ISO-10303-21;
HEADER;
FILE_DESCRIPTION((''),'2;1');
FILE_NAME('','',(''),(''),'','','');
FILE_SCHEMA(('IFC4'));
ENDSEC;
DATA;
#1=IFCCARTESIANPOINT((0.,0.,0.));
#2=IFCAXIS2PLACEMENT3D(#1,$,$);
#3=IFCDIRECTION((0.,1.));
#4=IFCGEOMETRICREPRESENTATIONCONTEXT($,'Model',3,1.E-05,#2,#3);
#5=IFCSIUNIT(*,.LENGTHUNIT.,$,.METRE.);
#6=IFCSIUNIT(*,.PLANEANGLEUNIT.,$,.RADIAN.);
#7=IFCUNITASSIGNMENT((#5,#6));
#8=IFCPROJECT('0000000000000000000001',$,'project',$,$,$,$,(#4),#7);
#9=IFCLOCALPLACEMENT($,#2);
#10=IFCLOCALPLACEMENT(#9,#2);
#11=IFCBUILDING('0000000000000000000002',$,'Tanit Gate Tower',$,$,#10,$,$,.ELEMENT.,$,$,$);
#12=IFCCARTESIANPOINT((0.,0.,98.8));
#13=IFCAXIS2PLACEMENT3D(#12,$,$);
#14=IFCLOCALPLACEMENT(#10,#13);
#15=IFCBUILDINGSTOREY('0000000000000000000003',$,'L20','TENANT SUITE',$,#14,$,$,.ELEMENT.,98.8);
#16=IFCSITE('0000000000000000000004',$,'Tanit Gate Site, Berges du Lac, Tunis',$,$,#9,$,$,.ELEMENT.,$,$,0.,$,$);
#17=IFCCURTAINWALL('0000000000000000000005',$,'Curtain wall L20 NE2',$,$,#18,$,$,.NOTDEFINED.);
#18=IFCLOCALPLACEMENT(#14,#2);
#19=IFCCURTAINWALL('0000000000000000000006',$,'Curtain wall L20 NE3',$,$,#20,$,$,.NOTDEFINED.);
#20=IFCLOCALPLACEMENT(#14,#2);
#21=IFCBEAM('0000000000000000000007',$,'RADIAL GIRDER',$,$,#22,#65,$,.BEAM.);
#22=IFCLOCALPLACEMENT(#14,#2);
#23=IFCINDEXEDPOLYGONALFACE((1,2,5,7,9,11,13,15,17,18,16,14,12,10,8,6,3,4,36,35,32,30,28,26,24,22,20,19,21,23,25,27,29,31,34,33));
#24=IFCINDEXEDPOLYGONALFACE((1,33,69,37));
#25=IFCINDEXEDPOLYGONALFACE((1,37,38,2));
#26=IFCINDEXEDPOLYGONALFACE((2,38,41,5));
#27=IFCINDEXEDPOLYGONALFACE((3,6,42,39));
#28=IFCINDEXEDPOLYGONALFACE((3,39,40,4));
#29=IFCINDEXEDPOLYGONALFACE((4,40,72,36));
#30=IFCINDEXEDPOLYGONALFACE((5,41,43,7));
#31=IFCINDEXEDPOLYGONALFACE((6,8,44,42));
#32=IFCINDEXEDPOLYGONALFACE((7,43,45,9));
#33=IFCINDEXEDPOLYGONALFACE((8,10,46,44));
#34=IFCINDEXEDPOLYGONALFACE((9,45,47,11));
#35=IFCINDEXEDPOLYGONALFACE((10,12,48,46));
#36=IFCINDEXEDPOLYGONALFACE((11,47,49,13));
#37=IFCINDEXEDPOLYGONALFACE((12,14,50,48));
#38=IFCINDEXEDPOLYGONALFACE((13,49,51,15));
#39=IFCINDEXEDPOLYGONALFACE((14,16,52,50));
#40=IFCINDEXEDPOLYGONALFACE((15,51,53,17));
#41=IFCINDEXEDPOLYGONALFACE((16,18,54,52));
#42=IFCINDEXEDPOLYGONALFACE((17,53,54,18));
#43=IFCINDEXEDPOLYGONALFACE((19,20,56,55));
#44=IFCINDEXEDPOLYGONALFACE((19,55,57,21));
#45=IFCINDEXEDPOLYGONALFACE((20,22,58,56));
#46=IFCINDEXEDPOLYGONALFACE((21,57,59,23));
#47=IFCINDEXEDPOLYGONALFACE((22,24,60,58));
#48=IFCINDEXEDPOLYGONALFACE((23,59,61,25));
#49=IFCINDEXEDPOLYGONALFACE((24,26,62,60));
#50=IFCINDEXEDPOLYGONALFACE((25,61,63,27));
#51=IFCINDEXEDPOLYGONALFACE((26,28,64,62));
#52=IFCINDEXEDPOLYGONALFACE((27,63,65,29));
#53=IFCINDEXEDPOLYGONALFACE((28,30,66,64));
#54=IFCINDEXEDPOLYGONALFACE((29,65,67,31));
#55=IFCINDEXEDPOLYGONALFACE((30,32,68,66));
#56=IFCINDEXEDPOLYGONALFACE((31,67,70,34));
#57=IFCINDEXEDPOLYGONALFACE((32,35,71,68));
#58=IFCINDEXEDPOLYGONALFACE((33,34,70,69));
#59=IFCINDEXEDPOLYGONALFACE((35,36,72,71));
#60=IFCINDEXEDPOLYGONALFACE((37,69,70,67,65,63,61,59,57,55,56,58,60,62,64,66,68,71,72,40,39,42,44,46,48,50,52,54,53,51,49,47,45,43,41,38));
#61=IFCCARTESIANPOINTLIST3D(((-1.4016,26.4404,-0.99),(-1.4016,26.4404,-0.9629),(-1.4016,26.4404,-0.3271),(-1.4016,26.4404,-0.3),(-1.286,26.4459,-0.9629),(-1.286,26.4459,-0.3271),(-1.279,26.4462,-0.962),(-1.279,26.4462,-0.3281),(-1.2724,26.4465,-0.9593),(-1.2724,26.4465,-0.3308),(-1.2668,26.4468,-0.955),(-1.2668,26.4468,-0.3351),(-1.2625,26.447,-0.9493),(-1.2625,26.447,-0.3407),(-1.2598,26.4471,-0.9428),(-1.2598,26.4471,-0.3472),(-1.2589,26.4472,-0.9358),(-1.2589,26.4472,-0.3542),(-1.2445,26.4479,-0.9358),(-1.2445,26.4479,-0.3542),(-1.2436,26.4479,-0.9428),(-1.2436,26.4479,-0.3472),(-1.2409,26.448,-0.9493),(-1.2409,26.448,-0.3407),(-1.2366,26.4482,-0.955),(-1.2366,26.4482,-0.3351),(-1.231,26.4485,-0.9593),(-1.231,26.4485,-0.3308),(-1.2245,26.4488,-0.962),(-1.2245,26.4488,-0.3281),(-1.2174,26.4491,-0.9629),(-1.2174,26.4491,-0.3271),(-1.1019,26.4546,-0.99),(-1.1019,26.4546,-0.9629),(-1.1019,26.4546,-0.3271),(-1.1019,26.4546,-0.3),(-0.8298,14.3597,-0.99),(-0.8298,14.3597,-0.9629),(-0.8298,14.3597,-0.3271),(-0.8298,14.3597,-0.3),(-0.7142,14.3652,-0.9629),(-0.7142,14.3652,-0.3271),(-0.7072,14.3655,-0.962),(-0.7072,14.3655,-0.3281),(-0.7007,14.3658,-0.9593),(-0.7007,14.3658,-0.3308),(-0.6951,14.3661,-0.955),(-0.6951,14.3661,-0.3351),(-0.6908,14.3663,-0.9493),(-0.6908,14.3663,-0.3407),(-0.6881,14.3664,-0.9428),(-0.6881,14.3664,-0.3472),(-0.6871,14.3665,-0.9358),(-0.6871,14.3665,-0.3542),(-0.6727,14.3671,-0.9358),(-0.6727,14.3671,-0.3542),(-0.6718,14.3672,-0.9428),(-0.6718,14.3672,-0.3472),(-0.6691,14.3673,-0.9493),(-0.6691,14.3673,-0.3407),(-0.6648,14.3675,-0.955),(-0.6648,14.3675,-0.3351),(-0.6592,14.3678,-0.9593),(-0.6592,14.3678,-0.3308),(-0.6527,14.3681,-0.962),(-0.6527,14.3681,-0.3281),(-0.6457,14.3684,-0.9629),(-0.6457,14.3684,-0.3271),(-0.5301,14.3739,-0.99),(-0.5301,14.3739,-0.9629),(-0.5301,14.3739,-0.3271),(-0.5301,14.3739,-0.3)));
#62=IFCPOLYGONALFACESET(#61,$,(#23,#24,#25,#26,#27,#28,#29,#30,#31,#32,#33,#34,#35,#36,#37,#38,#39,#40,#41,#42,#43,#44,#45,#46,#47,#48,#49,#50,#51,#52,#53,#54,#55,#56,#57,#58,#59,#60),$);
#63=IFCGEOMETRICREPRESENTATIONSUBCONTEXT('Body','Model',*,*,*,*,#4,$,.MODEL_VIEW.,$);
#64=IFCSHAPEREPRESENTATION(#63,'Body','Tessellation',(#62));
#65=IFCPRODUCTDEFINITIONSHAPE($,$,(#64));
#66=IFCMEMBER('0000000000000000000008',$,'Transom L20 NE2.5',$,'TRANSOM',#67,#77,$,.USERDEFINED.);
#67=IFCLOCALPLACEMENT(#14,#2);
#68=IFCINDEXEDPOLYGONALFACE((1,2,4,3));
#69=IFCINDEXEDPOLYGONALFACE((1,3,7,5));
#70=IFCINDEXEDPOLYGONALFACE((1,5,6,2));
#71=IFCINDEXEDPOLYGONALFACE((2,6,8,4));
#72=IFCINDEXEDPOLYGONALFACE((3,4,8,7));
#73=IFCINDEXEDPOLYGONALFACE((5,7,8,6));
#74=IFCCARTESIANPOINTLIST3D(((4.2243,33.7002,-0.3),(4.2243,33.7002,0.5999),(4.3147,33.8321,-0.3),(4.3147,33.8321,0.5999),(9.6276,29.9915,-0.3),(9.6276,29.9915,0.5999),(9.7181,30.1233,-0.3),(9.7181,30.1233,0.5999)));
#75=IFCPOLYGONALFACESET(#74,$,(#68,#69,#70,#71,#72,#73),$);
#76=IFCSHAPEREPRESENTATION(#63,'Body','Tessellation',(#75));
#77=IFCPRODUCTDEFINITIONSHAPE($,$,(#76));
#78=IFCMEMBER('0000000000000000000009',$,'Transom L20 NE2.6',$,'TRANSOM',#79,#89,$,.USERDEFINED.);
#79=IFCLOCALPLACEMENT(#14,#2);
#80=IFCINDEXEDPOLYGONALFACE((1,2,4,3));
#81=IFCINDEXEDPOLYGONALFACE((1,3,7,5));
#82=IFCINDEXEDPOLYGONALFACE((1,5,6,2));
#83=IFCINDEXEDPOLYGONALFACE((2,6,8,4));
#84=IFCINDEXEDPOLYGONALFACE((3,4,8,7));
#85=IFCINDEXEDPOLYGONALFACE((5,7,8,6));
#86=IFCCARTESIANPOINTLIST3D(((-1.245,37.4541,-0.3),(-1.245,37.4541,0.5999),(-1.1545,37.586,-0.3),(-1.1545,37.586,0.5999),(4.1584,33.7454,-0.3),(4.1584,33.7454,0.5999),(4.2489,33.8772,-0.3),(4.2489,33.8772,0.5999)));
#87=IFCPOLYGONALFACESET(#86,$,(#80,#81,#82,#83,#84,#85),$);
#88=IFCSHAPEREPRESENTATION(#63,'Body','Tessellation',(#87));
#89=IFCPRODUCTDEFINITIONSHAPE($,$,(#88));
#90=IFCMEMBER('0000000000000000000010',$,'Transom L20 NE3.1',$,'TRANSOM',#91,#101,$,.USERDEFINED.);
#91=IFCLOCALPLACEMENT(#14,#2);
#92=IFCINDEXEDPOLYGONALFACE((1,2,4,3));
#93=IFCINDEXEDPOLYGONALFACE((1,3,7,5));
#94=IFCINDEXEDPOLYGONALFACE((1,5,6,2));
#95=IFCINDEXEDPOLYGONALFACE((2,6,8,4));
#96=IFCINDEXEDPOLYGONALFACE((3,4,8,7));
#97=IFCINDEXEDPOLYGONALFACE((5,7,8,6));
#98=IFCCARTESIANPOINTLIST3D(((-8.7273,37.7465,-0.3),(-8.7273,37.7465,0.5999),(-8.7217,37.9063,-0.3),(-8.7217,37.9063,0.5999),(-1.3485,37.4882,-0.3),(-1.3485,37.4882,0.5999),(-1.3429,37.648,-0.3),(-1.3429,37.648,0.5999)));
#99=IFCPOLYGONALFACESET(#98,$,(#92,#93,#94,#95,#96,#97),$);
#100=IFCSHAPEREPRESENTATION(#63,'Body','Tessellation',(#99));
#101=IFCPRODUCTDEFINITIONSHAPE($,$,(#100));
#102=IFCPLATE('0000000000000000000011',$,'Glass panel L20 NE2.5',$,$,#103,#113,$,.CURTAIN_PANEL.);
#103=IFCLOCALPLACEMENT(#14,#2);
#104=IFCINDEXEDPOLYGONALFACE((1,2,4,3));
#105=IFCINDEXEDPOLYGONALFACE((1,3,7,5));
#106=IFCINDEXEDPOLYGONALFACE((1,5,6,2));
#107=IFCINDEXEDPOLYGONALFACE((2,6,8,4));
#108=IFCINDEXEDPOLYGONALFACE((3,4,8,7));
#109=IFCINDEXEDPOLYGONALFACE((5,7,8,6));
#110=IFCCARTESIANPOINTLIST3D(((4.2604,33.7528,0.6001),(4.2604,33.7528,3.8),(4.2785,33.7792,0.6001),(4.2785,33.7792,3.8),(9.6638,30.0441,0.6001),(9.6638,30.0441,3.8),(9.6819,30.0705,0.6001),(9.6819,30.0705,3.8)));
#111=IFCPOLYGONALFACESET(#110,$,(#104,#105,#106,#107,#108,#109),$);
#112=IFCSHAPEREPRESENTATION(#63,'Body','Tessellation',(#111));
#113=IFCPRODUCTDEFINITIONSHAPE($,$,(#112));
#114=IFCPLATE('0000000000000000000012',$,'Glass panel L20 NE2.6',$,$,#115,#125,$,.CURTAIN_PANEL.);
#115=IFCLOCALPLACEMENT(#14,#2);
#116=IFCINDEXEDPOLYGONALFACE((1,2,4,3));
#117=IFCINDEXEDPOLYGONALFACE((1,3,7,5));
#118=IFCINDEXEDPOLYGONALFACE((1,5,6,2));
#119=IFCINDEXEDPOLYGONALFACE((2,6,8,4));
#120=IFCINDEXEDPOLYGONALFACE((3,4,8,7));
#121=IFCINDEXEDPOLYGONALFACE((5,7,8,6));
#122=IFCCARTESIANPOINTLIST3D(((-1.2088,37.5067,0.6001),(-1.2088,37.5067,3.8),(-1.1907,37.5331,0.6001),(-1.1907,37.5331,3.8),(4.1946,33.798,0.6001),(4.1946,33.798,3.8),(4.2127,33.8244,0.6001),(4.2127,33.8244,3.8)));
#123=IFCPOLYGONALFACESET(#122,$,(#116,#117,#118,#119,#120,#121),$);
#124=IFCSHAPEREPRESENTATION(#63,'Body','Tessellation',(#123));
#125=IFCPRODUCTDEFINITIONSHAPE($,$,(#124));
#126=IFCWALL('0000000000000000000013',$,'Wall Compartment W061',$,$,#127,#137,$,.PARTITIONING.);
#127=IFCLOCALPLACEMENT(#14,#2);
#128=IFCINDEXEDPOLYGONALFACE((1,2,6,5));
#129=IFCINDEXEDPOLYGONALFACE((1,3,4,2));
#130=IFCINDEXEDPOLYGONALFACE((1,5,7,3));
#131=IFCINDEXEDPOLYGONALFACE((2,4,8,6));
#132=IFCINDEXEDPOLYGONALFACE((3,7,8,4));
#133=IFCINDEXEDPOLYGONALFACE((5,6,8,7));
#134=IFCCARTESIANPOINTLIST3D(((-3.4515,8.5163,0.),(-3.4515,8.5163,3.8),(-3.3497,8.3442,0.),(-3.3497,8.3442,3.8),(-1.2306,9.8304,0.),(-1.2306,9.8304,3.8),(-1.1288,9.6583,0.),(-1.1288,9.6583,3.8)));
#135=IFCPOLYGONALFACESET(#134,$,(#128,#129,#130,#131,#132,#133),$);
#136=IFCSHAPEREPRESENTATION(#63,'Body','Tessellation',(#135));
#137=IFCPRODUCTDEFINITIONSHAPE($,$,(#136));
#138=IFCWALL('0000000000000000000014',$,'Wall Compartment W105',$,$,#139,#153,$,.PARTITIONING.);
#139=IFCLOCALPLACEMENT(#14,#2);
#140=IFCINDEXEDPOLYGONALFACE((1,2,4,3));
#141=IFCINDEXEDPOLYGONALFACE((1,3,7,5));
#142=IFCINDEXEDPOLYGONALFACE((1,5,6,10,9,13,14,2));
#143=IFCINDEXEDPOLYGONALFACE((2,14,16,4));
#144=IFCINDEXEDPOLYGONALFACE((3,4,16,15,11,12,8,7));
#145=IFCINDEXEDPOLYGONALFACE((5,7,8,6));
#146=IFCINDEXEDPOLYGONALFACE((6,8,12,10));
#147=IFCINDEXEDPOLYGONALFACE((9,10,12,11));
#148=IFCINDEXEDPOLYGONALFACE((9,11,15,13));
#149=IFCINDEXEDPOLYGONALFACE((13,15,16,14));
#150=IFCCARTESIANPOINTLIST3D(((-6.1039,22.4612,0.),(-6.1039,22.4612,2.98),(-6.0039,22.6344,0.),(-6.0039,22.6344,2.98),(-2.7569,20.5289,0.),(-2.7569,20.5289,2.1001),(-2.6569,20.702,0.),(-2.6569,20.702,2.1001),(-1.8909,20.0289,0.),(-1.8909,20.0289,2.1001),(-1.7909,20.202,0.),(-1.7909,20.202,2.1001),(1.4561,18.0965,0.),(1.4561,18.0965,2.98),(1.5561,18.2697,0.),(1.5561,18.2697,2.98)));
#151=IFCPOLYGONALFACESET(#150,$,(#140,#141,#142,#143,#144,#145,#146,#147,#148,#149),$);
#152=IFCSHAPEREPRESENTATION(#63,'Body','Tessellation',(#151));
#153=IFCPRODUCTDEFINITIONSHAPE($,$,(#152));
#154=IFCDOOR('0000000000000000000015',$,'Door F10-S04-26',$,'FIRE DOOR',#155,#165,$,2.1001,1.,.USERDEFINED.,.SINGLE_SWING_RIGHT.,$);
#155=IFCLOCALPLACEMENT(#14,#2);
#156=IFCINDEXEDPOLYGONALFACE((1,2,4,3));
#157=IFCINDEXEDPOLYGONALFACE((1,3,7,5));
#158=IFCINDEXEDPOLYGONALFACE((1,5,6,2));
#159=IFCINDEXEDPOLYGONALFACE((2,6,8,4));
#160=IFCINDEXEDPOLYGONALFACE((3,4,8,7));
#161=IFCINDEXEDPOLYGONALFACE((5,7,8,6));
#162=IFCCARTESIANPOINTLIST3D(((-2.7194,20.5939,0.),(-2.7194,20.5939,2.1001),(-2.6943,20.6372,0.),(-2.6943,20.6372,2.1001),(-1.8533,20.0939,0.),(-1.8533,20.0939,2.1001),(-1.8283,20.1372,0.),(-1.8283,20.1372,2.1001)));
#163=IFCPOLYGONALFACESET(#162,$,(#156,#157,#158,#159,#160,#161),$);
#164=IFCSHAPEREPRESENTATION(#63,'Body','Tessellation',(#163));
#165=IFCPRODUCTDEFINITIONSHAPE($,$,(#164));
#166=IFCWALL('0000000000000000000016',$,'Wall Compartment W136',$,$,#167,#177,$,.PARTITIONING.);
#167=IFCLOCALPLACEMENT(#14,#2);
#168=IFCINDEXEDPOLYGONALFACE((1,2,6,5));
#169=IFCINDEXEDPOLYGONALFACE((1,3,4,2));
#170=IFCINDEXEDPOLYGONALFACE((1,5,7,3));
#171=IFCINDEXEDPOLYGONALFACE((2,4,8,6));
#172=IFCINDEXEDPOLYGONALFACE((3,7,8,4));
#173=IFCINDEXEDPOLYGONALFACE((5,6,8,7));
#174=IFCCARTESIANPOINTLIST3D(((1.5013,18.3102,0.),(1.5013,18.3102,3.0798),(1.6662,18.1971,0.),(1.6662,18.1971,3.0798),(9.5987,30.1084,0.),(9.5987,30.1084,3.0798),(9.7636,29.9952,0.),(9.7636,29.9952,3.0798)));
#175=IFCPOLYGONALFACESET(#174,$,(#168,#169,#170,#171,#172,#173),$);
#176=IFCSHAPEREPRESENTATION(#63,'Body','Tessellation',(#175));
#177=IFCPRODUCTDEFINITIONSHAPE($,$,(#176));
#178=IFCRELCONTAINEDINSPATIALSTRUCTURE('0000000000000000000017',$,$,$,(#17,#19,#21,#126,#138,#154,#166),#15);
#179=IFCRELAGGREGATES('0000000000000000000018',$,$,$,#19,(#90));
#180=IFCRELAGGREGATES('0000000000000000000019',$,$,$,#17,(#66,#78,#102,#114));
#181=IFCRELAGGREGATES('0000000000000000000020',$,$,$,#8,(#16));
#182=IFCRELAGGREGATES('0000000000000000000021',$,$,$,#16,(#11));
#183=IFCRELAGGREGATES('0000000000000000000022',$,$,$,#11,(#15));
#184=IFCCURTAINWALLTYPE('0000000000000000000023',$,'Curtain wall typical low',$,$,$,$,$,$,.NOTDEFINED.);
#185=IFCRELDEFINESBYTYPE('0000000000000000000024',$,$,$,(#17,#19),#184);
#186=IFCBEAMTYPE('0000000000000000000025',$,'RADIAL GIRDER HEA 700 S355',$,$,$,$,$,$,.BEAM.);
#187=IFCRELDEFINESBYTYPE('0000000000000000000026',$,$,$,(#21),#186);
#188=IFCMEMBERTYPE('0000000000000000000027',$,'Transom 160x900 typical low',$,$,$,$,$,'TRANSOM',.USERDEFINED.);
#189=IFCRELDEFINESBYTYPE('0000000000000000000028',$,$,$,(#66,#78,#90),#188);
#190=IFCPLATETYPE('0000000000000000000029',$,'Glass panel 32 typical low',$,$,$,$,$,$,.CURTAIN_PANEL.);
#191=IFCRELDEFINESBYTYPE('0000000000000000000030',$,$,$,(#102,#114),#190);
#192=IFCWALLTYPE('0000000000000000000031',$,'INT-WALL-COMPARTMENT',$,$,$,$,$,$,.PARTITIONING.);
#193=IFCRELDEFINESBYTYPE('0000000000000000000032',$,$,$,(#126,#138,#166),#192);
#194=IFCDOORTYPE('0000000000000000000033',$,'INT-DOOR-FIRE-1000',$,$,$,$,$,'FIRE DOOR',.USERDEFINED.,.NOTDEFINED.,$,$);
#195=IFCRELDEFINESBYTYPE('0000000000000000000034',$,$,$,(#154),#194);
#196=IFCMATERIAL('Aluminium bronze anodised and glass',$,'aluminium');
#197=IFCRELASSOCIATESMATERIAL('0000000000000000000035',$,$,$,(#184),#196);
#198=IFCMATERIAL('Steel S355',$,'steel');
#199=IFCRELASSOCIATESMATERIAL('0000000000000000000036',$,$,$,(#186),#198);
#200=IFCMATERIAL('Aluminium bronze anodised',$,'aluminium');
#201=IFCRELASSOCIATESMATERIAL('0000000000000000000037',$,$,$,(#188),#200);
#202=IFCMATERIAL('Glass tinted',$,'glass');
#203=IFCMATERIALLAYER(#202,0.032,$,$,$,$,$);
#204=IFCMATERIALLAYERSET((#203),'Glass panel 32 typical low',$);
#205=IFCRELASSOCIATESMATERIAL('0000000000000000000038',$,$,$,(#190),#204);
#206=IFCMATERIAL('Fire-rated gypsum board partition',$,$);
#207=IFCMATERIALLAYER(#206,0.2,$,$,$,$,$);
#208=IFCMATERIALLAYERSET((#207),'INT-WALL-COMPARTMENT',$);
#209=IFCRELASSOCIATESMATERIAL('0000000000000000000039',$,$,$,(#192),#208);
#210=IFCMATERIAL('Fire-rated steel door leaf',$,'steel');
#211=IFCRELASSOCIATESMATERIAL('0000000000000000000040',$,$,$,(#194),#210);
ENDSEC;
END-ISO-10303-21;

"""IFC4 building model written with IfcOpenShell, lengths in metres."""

from ifc_helpers import new_model, si_unit, direction, frame, frame_2d, origin, origin_2d, place, context, subcontext, project, spatial, rectangle, i_section, extrude, material, layer, layer_set, material_profile, profile_set, type_object, element, fill, aggregate, save


model = new_model("IFC4")

# Units and contexts
model_context = context("Model", 3, precision=1e-05, world=origin(), true_north=direction((0.0, 1.0)))
body_context = subcontext(model_context, "Body", "Model", "MODEL_VIEW")
ifc_project = project(units=[si_unit("LENGTHUNIT", "METRE"), si_unit("PLANEANGLEUNIT", "RADIAN")], contexts=[model_context])

# Site, building, storey
site_placement = place(None, origin())
site = spatial("IfcSite", under=ifc_project, at=site_placement, Name="Tanit Gate Site, Berges du Lac, Tunis", CompositionType="ELEMENT", RefElevation=0.0)
building_placement = place(site_placement, origin())
building = spatial("IfcBuilding", under=site, at=building_placement, Name="Tanit Gate Tower", CompositionType="ELEMENT")
storey_placement = place(building_placement, frame((0.0, 0.0, 98.8)))
storey = spatial("IfcBuildingStorey", under=building, at=storey_placement, Name="L20", Description="TENANT SUITE", CompositionType="ELEMENT", Elevation=98.8)

# Curtain wall
ifc_material_1 = material(Name="Aluminium bronze anodised and glass", Category="aluminium")
curtain_wall_type = type_object("IfcCurtainWallType", Name="Curtain wall typical low", PredefinedType="NOTDEFINED", material=ifc_material_1)
curtain_wall_1_placement = place(storey_placement, origin())
curtain_wall_1 = element("IfcCurtainWall", 1, at=curtain_wall_1_placement, inside=storey, type_object=curtain_wall_type, Name="Curtain wall L20 NE2", PredefinedType="NOTDEFINED")

# Curtain wall
curtain_wall_2_placement = place(storey_placement, origin())
curtain_wall_2 = element("IfcCurtainWall", 2, at=curtain_wall_2_placement, inside=storey, type_object=curtain_wall_type, Name="Curtain wall L20 NE3", PredefinedType="NOTDEFINED")

# Beam
ifc_material_2 = material(Name="Steel S355", Category="steel")
ifc_material_profile_1 = material_profile(ifc_material_2, i_section(OverallWidth=0.3, OverallDepth=0.6899, WebThickness=0.0144, FlangeThickness=0.0271, FilletRadius=0.0271, at=origin_2d()), Name="HEA 700")
ifc_profile_set_1 = profile_set([ifc_material_profile_1], Name="Steel S355")
beam_type = type_object("IfcBeamType", Name="RADIAL GIRDER HEA 700 S355", PredefinedType="BEAM", material=ifc_profile_set_1)
beam_1_placement = place(storey_placement, frame((-1.2517, 26.4475, -0.645), z_axis=(0.047276, -0.998882, 0.0), x_axis=(0.998882, 0.047276, 0.0)))
element("IfcBeam", 3, at=beam_1_placement, inside=storey, type_object=beam_type, Name="RADIAL GIRDER", PredefinedType="BEAM", context=body_context, shape_type="SweptSolid", body=[
    extrude(i_section(OverallWidth=0.3, OverallDepth=0.6899, WebThickness=0.0144, FlangeThickness=0.0271, FilletRadius=0.0271, at=origin_2d()), origin(), (0.0, 0.0, 1.0), 12.0942),
])

# Members
ifc_material_3 = material(Name="Aluminium bronze anodised", Category="aluminium")
ifc_material_profile_2 = material_profile(ifc_material_3, rectangle(XDim=0.1599, YDim=0.8999, at=origin_2d()), Name="160x900 bronze transom")
ifc_profile_set_2 = profile_set([ifc_material_profile_2], Name="Aluminium bronze anodised")
member_type_1 = type_object("IfcMemberType", Name="Transom 160x900 typical low", ElementType="TRANSOM", PredefinedType="USERDEFINED", material=ifc_profile_set_2)
member_1_placement = place(storey_placement, frame((9.6729, 30.0574, 0.1499), z_axis=(-0.824472, 0.565903, 0.0), x_axis=(-0.565903, -0.824472, 0.0)))
member_1 = element("IfcMember", 4, at=member_1_placement, type_object=member_type_1, Name="Transom L20 NE2.5", ObjectType="TRANSOM", PredefinedType="USERDEFINED", context=body_context, shape_type="SweptSolid", body=[
    extrude(rectangle(XDim=0.1599, YDim=0.8999, at=origin_2d()), origin(), (0.0, 0.0, 1.0), 6.5537),
])
member_2_placement = place(storey_placement, frame((4.2036, 33.8113, 0.1499), z_axis=(-0.824472, 0.565903, 0.0), x_axis=(-0.565903, -0.824472, 0.0)))
member_2 = element("IfcMember", 5, at=member_2_placement, type_object=member_type_1, Name="Transom L20 NE2.6", ObjectType="TRANSOM", PredefinedType="USERDEFINED", context=body_context, shape_type="SweptSolid", body=[
    extrude(rectangle(XDim=0.1599, YDim=0.8999, at=origin_2d()), origin(), (0.0, 0.0, 1.0), 6.5537),
])
member_3_placement = place(storey_placement, frame((-1.3457, 37.5681, 0.1499), z_axis=(-0.999388, 0.034985, 0.0), x_axis=(-0.034985, -0.999388, 0.0)))
member_3 = element("IfcMember", 6, at=member_3_placement, type_object=member_type_1, Name="Transom L20 NE3.1", ObjectType="TRANSOM", PredefinedType="USERDEFINED", context=body_context, shape_type="SweptSolid", body=[
    extrude(rectangle(XDim=0.1599, YDim=0.8999, at=origin_2d()), origin(), (0.0, 0.0, 1.0), 7.3833),
])
aggregate(curtain_wall_2, [member_3])

# Plates
ifc_material_4 = material(Name="Glass tinted", Category="glass")
ifc_layer_1 = layer(ifc_material_4, 0.032)
ifc_layer_set_1 = layer_set([ifc_layer_1], Name="Glass panel 32 typical low")
plate_type = type_object("IfcPlateType", Name="Glass panel 32 typical low", PredefinedType="CURTAIN_PANEL", material=ifc_layer_set_1)
plate_1_placement = place(storey_placement, frame((6.9712, 31.9116, 0.6001), z_axis=(0.0, 0.0, 1.0), x_axis=(-0.824479, 0.565893, 0.0)))
plate_1 = element("IfcPlate", 7, at=plate_1_placement, type_object=plate_type, Name="Glass panel L20 NE2.5", PredefinedType="CURTAIN_PANEL", context=body_context, shape_type="SweptSolid", body=[
    extrude(rectangle(XDim=6.5537, YDim=0.032, at=origin_2d()), origin(), (0.0, 0.0, 1.0), 3.2),
])
plate_2_placement = place(storey_placement, frame((1.502, 35.6655, 0.6001), z_axis=(0.0, 0.0, 1.0), x_axis=(-0.824479, 0.565893, 0.0)))
plate_2 = element("IfcPlate", 8, at=plate_2_placement, type_object=plate_type, Name="Glass panel L20 NE2.6", PredefinedType="CURTAIN_PANEL", context=body_context, shape_type="SweptSolid", body=[
    extrude(rectangle(XDim=6.5537, YDim=0.032, at=origin_2d()), origin(), (0.0, 0.0, 1.0), 3.2),
])
aggregate(curtain_wall_1, [member_1, member_2, plate_1, plate_2])

# Wall
ifc_material_5 = material(Name="Fire-rated gypsum board partition")
ifc_layer_2 = layer(ifc_material_5, 0.2)
ifc_layer_set_2 = layer_set([ifc_layer_2], Name="INT-WALL-COMPARTMENT")
wall_type_1 = type_object("IfcWallType", Name="INT-WALL-COMPARTMENT", PredefinedType="PARTITIONING", material=ifc_layer_set_2)
wall_1_placement = place(storey_placement, frame((-1.1797, 9.7444, 0.0), z_axis=(0.0, 0.0, 1.0), x_axis=(-0.860616, -0.509255, 0.0)))
element("IfcWall", 9, at=wall_1_placement, inside=storey, type_object=wall_type_1, Name="Wall Compartment W061", PredefinedType="PARTITIONING", context=body_context, shape_type="SweptSolid", body=[
    extrude(rectangle(XDim=2.5806, YDim=0.2, at=frame_2d((1.2903, 0.0))), origin(), (0.0, 0.0, 1.0), 3.8),
])

# Wall, opening, door
wall_2_placement = place(storey_placement, frame((1.5061, 18.1831, 0.0), z_axis=(0.0, 0.0, 1.0), x_axis=(-0.866028, 0.499995, 0.0)))
wall_2 = element("IfcWall", 10, at=wall_2_placement, inside=storey, type_object=wall_type_1, Name="Wall Compartment W105", PredefinedType="PARTITIONING", context=body_context, shape_type="SweptSolid", body=[
    extrude(rectangle(XDim=8.7295, YDim=0.2, at=frame_2d((4.3647, 0.0))), origin(), (0.0, 0.0, 1.0), 2.98),
])
opening_placement = place(wall_2_placement, frame((3.8647, 0.0, 0.0)))
opening = element("IfcOpeningElement", 11, at=opening_placement, cuts=wall_2, PredefinedType="OPENING", context=body_context, shape_type="SweptSolid", body=[
    extrude(rectangle(XDim=1.0, YDim=2.1001, at=frame_2d((0.5, 1.05))), frame((0.0, 0.1099, 0.0), z_axis=(0.0, -1.0, 0.0), x_axis=(1.0, 0.0, 0.0)), (0.0, 0.0, 1.0), 0.22),
])
ifc_material_6 = material(Name="Fire-rated steel door leaf", Category="steel")
door_type = type_object("IfcDoorType", Name="INT-DOOR-FIRE-1000", ElementType="FIRE DOOR", OperationType="NOTDEFINED", PredefinedType="USERDEFINED", material=ifc_material_6)
door_placement = place(opening_placement, origin())
door = element("IfcDoor", 12, at=door_placement, inside=storey, type_object=door_type, Name="Door F10-S04-26", ObjectType="FIRE DOOR", OperationType="SINGLE_SWING_RIGHT", OverallHeight=2.1001, OverallWidth=1.0, PredefinedType="USERDEFINED", context=body_context, shape_type="SweptSolid", body=[
    extrude(rectangle(XDim=1.0, YDim=2.1001, at=frame_2d((0.5, 1.05))), frame((0.0, 0.0249, 0.0), z_axis=(0.0, -1.0, 0.0), x_axis=(1.0, 0.0, 0.0)), (0.0, 0.0, 1.0), 0.05),
])
fill(opening, door)

# Wall
wall_3_placement = place(storey_placement, frame((1.5837, 18.2537, 0.0), z_axis=(0.0, 0.0, 1.0), x_axis=(0.565875, 0.824491, 0.0)))
element("IfcWall", 13, at=wall_3_placement, inside=storey, type_object=wall_type_1, Name="Wall Compartment W136", PredefinedType="PARTITIONING", context=body_context, shape_type="SweptSolid", body=[
    extrude(rectangle(XDim=14.3096, YDim=0.2, at=frame_2d((7.1548, 0.0))), origin(), (0.0, 0.0, 1.0), 3.0798),
])

save(model, "model.ifc")
